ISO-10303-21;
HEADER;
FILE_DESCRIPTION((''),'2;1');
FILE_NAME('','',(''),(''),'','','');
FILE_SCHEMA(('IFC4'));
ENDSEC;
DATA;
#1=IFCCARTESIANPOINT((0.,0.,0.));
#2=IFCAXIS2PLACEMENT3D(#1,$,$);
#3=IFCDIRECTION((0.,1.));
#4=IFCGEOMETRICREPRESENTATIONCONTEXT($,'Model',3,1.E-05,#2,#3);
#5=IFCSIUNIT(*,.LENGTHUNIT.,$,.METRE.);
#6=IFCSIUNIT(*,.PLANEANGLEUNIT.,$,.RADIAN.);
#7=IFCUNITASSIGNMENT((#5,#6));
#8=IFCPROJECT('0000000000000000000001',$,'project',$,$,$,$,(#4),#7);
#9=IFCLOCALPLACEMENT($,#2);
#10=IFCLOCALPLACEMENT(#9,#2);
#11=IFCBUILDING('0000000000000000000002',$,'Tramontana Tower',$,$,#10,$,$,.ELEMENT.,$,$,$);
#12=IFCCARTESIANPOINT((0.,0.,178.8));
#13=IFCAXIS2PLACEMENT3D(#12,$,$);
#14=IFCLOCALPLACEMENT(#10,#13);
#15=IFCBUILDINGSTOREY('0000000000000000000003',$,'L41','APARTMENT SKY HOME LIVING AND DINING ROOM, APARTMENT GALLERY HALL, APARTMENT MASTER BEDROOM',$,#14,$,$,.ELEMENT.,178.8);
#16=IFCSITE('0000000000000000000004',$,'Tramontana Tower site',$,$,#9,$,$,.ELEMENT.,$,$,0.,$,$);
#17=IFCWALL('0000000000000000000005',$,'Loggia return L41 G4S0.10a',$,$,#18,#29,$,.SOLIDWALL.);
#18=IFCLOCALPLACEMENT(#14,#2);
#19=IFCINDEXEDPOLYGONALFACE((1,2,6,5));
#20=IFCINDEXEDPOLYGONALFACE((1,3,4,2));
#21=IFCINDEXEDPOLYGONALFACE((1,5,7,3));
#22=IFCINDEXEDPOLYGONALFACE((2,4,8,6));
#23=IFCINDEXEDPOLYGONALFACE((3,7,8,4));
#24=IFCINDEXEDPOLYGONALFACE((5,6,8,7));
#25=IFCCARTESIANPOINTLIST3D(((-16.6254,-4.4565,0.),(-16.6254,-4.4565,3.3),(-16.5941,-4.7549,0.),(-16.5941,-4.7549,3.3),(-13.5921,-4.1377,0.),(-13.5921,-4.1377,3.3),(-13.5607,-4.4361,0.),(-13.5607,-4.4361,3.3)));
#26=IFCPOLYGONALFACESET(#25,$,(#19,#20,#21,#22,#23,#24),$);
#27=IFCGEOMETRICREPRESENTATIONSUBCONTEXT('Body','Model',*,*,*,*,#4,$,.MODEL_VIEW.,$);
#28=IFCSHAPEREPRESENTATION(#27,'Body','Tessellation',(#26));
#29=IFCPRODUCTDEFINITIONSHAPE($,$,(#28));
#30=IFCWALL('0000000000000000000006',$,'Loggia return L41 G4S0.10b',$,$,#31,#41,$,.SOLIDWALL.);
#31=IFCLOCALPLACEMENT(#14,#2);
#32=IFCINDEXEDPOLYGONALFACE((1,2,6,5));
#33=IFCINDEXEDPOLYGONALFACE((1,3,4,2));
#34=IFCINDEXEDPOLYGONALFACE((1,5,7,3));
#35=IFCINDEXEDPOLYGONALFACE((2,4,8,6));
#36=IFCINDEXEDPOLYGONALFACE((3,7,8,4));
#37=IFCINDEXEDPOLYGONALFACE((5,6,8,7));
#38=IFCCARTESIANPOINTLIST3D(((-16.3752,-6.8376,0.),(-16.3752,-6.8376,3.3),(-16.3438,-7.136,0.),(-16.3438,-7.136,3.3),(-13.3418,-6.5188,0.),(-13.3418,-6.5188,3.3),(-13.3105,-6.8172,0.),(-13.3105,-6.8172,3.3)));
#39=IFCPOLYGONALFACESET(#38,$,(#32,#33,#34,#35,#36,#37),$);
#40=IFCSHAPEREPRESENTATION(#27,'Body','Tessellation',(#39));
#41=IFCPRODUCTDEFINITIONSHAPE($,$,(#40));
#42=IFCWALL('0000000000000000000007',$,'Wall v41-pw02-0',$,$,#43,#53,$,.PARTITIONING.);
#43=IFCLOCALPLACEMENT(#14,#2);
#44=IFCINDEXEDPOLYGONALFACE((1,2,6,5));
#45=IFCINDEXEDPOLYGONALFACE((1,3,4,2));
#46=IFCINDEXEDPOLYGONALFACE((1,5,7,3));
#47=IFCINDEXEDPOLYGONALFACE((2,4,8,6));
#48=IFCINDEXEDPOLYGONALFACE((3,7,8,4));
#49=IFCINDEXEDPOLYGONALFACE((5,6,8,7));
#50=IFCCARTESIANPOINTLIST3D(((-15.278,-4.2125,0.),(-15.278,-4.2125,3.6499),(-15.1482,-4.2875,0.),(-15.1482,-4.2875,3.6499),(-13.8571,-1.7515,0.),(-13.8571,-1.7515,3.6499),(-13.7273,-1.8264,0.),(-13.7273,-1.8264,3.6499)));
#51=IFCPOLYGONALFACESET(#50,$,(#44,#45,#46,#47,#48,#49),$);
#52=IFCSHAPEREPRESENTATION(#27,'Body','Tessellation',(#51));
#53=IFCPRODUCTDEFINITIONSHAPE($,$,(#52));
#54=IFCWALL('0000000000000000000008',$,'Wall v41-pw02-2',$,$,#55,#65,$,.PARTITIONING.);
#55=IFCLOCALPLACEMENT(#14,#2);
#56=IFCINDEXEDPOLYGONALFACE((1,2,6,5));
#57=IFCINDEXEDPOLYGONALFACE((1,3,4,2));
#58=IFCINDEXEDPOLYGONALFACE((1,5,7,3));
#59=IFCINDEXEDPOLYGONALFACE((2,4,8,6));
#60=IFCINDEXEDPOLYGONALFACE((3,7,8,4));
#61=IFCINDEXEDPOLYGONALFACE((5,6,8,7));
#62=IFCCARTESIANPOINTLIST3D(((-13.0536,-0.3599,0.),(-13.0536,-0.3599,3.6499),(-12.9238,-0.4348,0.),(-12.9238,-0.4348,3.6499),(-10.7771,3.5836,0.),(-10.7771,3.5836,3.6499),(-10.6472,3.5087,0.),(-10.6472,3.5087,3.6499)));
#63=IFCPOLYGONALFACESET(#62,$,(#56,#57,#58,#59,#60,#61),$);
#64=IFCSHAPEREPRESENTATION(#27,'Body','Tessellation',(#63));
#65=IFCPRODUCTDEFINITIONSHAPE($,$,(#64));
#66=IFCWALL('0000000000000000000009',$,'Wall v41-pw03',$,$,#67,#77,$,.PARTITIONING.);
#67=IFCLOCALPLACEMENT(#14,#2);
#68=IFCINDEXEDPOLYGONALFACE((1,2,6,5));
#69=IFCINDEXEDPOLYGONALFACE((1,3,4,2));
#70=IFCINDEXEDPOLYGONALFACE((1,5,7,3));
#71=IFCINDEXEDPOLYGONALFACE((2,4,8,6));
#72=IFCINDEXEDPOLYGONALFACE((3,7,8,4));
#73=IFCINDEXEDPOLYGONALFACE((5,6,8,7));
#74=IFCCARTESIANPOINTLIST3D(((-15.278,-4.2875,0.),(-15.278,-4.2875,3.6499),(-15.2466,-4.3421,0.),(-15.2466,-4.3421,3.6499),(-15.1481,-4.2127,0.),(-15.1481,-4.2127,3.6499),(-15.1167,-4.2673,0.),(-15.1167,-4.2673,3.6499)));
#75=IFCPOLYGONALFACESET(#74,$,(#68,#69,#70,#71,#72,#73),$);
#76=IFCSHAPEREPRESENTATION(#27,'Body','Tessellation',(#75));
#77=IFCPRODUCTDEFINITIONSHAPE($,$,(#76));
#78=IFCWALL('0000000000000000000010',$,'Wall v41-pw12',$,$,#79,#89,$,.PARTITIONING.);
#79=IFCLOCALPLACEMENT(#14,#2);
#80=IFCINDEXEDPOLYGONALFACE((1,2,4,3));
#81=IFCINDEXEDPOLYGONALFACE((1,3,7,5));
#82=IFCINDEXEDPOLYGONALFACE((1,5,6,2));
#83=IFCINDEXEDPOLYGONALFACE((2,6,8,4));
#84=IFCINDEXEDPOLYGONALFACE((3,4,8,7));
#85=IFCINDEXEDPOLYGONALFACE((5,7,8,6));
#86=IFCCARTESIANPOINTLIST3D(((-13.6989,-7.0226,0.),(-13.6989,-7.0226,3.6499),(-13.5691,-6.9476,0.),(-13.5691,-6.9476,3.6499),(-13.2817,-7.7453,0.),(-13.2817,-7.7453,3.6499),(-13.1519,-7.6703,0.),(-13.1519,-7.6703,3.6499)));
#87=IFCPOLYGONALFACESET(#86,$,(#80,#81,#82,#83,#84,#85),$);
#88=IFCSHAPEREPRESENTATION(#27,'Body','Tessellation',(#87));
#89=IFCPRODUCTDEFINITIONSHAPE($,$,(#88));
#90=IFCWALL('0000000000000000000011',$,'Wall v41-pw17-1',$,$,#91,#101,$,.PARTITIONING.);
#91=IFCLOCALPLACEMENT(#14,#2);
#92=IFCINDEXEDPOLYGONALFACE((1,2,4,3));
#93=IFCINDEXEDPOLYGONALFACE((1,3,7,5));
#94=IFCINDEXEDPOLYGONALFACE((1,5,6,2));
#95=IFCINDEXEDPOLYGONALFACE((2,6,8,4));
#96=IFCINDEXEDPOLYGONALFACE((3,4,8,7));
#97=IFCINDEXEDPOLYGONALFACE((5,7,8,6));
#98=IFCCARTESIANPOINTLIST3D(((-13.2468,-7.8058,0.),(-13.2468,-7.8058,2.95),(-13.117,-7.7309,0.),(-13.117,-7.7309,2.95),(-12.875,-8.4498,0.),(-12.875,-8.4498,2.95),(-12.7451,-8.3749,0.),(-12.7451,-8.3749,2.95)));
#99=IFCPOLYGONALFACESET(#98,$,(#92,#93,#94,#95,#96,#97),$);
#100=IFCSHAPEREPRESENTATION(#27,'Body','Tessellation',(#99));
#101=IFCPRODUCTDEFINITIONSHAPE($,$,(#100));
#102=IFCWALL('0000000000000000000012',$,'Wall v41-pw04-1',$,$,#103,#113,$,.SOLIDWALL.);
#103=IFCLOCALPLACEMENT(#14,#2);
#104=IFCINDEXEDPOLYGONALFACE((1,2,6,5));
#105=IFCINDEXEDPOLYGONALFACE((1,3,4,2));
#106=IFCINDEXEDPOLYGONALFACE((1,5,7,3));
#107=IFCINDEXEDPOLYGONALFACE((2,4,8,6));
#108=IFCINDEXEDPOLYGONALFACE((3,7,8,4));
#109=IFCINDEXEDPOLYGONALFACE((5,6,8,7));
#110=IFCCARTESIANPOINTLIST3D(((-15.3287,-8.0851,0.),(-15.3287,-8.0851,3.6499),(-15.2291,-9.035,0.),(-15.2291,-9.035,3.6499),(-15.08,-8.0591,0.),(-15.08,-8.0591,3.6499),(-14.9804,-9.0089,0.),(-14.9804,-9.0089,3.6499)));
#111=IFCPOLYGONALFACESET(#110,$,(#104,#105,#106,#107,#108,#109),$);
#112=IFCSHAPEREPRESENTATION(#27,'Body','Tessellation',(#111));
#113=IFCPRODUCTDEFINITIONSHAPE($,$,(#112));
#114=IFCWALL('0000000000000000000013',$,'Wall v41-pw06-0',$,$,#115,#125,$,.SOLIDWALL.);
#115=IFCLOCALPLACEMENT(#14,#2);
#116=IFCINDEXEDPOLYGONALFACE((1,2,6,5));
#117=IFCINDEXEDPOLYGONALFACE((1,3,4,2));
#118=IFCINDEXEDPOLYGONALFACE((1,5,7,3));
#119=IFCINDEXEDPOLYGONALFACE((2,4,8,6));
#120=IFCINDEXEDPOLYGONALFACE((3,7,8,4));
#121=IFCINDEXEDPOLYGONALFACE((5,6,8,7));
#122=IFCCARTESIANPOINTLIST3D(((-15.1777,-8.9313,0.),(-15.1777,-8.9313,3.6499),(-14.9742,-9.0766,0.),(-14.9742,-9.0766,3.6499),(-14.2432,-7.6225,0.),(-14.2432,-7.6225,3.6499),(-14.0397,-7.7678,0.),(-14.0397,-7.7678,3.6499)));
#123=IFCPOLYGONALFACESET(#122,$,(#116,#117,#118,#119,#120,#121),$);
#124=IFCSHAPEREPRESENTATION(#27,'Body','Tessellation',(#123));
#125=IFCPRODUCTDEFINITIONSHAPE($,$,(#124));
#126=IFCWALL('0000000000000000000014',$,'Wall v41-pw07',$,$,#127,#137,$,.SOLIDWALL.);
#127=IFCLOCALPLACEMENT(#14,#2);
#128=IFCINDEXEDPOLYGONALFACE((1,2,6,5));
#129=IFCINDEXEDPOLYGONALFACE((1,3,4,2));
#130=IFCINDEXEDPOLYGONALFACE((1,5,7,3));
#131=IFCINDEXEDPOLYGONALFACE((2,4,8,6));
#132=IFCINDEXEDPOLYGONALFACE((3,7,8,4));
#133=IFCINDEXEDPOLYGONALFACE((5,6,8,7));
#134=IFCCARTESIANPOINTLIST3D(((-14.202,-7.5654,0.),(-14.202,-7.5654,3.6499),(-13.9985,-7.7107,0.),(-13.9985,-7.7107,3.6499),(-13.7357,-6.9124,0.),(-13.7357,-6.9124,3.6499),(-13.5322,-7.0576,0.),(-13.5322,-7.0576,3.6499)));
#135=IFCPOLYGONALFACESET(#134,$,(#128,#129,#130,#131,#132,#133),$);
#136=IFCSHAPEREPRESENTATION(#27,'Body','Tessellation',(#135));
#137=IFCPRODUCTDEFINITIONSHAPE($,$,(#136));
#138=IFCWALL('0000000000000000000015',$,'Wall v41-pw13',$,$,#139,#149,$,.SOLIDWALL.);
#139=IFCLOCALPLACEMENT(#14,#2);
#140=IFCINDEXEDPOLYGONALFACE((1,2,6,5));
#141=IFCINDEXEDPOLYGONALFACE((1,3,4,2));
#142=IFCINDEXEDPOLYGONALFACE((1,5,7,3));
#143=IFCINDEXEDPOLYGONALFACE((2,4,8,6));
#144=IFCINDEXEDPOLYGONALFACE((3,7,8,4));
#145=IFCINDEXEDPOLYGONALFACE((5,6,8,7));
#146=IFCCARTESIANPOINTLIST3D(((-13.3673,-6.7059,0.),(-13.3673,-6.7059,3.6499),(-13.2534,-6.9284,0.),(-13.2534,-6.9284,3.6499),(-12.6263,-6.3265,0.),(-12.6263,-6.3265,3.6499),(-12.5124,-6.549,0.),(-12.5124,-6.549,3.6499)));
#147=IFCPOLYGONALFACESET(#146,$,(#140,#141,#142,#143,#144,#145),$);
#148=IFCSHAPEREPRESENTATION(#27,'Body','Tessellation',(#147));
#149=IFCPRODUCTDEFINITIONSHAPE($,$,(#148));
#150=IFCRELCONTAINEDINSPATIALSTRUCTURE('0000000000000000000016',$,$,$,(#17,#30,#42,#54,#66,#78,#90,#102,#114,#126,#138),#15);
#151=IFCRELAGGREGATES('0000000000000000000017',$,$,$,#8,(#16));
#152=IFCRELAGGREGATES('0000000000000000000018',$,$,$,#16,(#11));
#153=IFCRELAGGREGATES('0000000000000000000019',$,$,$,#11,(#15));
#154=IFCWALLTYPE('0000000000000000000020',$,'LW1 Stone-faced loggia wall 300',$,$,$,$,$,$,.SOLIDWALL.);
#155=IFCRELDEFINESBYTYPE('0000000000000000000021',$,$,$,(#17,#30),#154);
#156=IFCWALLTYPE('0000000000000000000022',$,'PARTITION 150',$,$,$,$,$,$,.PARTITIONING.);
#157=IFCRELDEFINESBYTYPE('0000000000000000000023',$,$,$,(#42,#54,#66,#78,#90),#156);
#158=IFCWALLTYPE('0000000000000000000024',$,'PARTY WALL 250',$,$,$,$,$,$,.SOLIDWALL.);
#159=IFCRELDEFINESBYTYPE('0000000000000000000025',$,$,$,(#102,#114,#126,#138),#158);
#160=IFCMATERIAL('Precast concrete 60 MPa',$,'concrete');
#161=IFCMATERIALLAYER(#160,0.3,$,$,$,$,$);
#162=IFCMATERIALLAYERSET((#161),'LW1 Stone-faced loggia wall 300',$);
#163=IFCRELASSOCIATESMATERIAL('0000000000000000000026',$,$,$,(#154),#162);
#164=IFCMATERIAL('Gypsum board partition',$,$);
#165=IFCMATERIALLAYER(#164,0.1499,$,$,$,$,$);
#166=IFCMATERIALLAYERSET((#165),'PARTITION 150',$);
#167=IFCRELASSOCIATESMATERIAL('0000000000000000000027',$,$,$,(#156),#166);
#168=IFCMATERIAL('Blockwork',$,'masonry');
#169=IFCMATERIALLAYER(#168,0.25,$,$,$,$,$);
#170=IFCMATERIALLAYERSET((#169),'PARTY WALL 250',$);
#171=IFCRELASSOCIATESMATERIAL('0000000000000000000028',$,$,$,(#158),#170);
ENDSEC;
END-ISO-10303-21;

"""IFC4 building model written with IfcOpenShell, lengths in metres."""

from ifc_helpers import new_model, si_unit, direction, frame, frame_2d, origin, place, context, subcontext, project, spatial, rectangle, extrude, material, layer, layer_set, type_object, element, save


model = new_model("IFC4")

# Units and contexts
model_context = context("Model", 3, precision=1e-05, world=origin(), true_north=direction((0.0, 1.0)))
body_context = subcontext(model_context, "Body", "Model", "MODEL_VIEW")
ifc_project = project(units=[si_unit("LENGTHUNIT", "METRE"), si_unit("PLANEANGLEUNIT", "RADIAN")], contexts=[model_context])

# Site, building, storey
site_placement = place(None, origin())
site = spatial("IfcSite", under=ifc_project, at=site_placement, Name="Tramontana Tower site", CompositionType="ELEMENT", RefElevation=0.0)
building_placement = place(site_placement, origin())
building = spatial("IfcBuilding", under=site, at=building_placement, Name="Tramontana Tower", CompositionType="ELEMENT")
storey_placement = place(building_placement, frame((0.0, 0.0, 178.8)))
storey = spatial("IfcBuildingStorey", under=building, at=storey_placement, Name="L41", Description="APARTMENT SKY HOME LIVING AND DINING ROOM, APARTMENT GALLERY HALL, APARTMENT MASTER BEDROOM", CompositionType="ELEMENT", Elevation=178.8)

# Shared definitions
ifc_material_1 = material(Name="Precast concrete 60 MPa", Category="concrete")
ifc_layer_1 = layer(ifc_material_1, 0.3)
ifc_layer_set_1 = layer_set([ifc_layer_1], Name="LW1 Stone-faced loggia wall 300")
wall_type_1 = type_object("IfcWallType", Name="LW1 Stone-faced loggia wall 300", PredefinedType="SOLIDWALL", material=ifc_layer_set_1)

# Walls
for number, where, z_axis, x_axis, name in (
    (1, (-16.6096, -4.6057, 0.0), (0.0, 0.0, 1.0), (0.994521, 0.104535, 0.0), "Loggia return L41 G4S0.10a"),
    (2, (-16.3594, -6.9868, 0.0), (0.0, 0.0, 1.0), (0.994521, 0.104535, 0.0), "Loggia return L41 G4S0.10b"),
):
    element("IfcWall", number, at=place(storey_placement, frame(where, z_axis=z_axis, x_axis=x_axis)), inside=storey, type_object=wall_type_1, Name=name, PredefinedType="SOLIDWALL", context=body_context, shape_type="SweptSolid", body=[
        extrude(rectangle(XDim=3.05, YDim=0.3, at=frame_2d((1.5249, 0.0))), origin(), (0.0, 0.0, 1.0), 3.3),
    ])
ifc_material_2 = material(Name="Gypsum board partition")
ifc_layer_2 = layer(ifc_material_2, 0.1499)
ifc_layer_set_2 = layer_set([ifc_layer_2], Name="PARTITION 150")
wall_type_2 = type_object("IfcWallType", Name="PARTITION 150", PredefinedType="PARTITIONING", material=ifc_layer_set_2)
wall_1_placement = place(storey_placement, frame((-15.2131, -4.25, 0.0), z_axis=(0.0, 0.0, 1.0), x_axis=(0.50002, 0.866014, 0.0)))
element("IfcWall", 3, at=wall_1_placement, inside=storey, type_object=wall_type_2, Name="Wall v41-pw02-0", PredefinedType="PARTITIONING", context=body_context, shape_type="SweptSolid", body=[
    extrude(rectangle(XDim=2.8418, YDim=0.1499, at=frame_2d((1.4209, 0.0))), origin(), (0.0, 0.0, 1.0), 3.6499),
])

# Walls
wall_2_placement = place(storey_placement, frame((-12.9888, -0.3975, 0.0), z_axis=(0.0, 0.0, 1.0), x_axis=(0.499962, 0.866047, 0.0)))
element("IfcWall", 4, at=wall_2_placement, inside=storey, type_object=wall_type_2, Name="Wall v41-pw02-2", PredefinedType="PARTITIONING", context=body_context, shape_type="SweptSolid", body=[
    extrude(rectangle(XDim=4.5535, YDim=0.1499, at=frame_2d((2.2769, 0.0))), origin(), (0.0, 0.0, 1.0), 3.6499),
])
wall_3_placement = place(storey_placement, frame((-15.1816, -4.3047, 0.0), z_axis=(0.0, 0.0, 1.0), x_axis=(-0.499052, 0.866572, 0.0)))
element("IfcWall", 5, at=wall_3_placement, inside=storey, type_object=wall_type_2, Name="Wall v41-pw03", PredefinedType="PARTITIONING", context=body_context, shape_type="SweptSolid", body=[
    extrude(rectangle(XDim=0.063, YDim=0.1499, at=frame_2d((0.0315, 0.0))), origin(), (0.0, 0.0, 1.0), 3.6499),
])
wall_4_placement = place(storey_placement, frame((-13.634, -6.9851, 0.0), z_axis=(0.0, 0.0, 1.0), x_axis=(0.500009, -0.86602, 0.0)))
element("IfcWall", 6, at=wall_4_placement, inside=storey, type_object=wall_type_2, Name="Wall v41-pw12", PredefinedType="PARTITIONING", context=body_context, shape_type="SweptSolid", body=[
    extrude(rectangle(XDim=0.8345, YDim=0.1499, at=frame_2d((0.4172, 0.0))), origin(), (0.0, 0.0, 1.0), 3.6499),
])
wall_5_placement = place(storey_placement, frame((-12.8101, -8.4124, 0.0), z_axis=(0.0, 0.0, 1.0), x_axis=(-0.499988, 0.866033, 0.0)))
element("IfcWall", 7, at=wall_5_placement, inside=storey, type_object=wall_type_2, Name="Wall v41-pw17-1", PredefinedType="PARTITIONING", context=body_context, shape_type="SweptSolid", body=[
    extrude(rectangle(XDim=0.7437, YDim=0.1499, at=frame_2d((0.3718, 0.0))), origin(), (0.0, 0.0, 1.0), 2.95),
])
ifc_material_3 = material(Name="Blockwork", Category="masonry")
ifc_layer_3 = layer(ifc_material_3, 0.25)
ifc_layer_set_3 = layer_set([ifc_layer_3], Name="PARTY WALL 250")
wall_type_3 = type_object("IfcWallType", Name="PARTY WALL 250", PredefinedType="SOLIDWALL", material=ifc_layer_set_3)
wall_6_placement = place(storey_placement, frame((-15.1047, -9.022, 0.0), z_axis=(0.0, 0.0, 1.0), x_axis=(-0.104286, 0.994547, 0.0)))
element("IfcWall", 8, at=wall_6_placement, inside=storey, type_object=wall_type_3, Name="Wall v41-pw04-1", PredefinedType="SOLIDWALL", context=body_context, shape_type="SweptSolid", body=[
    extrude(rectangle(XDim=0.9551, YDim=0.25, at=frame_2d((0.4775, 0.0))), origin(), (0.0, 0.0, 1.0), 3.6499),
])
wall_7_placement = place(storey_placement, frame((-14.1414, -7.6951, 0.0), z_axis=(0.0, 0.0, 1.0), x_axis=(-0.581109, -0.813826, 0.0)))
element("IfcWall", 9, at=wall_7_placement, inside=storey, type_object=wall_type_3, Name="Wall v41-pw06-0", PredefinedType="SOLIDWALL", context=body_context, shape_type="SweptSolid", body=[
    extrude(rectangle(XDim=1.6082, YDim=0.25, at=frame_2d((0.8042, 0.0))), origin(), (0.0, 0.0, 1.0), 3.6499),
])
wall_8_placement = place(storey_placement, frame((-14.1003, -7.6382, 0.0), z_axis=(0.0, 0.0, 1.0), x_axis=(0.581094, 0.813836, 0.0)))
element("IfcWall", 10, at=wall_8_placement, inside=storey, type_object=wall_type_3, Name="Wall v41-pw07", PredefinedType="SOLIDWALL", context=body_context, shape_type="SweptSolid", body=[
    extrude(rectangle(XDim=0.8025, YDim=0.25, at=frame_2d((0.4014, 0.0))), origin(), (0.0, 0.0, 1.0), 3.6499),
])
wall_9_placement = place(storey_placement, frame((-12.5693, -6.4377, 0.0), z_axis=(0.0, 0.0, 1.0), x_axis=(-0.890104, -0.455757, 0.0)))
element("IfcWall", 11, at=wall_9_placement, inside=storey, type_object=wall_type_3, Name="Wall v41-pw13", PredefinedType="SOLIDWALL", context=body_context, shape_type="SweptSolid", body=[
    extrude(rectangle(XDim=0.8325, YDim=0.25, at=frame_2d((0.4163, 0.0))), origin(), (0.0, 0.0, 1.0), 3.6499),
])

save(model, "model.ifc")
